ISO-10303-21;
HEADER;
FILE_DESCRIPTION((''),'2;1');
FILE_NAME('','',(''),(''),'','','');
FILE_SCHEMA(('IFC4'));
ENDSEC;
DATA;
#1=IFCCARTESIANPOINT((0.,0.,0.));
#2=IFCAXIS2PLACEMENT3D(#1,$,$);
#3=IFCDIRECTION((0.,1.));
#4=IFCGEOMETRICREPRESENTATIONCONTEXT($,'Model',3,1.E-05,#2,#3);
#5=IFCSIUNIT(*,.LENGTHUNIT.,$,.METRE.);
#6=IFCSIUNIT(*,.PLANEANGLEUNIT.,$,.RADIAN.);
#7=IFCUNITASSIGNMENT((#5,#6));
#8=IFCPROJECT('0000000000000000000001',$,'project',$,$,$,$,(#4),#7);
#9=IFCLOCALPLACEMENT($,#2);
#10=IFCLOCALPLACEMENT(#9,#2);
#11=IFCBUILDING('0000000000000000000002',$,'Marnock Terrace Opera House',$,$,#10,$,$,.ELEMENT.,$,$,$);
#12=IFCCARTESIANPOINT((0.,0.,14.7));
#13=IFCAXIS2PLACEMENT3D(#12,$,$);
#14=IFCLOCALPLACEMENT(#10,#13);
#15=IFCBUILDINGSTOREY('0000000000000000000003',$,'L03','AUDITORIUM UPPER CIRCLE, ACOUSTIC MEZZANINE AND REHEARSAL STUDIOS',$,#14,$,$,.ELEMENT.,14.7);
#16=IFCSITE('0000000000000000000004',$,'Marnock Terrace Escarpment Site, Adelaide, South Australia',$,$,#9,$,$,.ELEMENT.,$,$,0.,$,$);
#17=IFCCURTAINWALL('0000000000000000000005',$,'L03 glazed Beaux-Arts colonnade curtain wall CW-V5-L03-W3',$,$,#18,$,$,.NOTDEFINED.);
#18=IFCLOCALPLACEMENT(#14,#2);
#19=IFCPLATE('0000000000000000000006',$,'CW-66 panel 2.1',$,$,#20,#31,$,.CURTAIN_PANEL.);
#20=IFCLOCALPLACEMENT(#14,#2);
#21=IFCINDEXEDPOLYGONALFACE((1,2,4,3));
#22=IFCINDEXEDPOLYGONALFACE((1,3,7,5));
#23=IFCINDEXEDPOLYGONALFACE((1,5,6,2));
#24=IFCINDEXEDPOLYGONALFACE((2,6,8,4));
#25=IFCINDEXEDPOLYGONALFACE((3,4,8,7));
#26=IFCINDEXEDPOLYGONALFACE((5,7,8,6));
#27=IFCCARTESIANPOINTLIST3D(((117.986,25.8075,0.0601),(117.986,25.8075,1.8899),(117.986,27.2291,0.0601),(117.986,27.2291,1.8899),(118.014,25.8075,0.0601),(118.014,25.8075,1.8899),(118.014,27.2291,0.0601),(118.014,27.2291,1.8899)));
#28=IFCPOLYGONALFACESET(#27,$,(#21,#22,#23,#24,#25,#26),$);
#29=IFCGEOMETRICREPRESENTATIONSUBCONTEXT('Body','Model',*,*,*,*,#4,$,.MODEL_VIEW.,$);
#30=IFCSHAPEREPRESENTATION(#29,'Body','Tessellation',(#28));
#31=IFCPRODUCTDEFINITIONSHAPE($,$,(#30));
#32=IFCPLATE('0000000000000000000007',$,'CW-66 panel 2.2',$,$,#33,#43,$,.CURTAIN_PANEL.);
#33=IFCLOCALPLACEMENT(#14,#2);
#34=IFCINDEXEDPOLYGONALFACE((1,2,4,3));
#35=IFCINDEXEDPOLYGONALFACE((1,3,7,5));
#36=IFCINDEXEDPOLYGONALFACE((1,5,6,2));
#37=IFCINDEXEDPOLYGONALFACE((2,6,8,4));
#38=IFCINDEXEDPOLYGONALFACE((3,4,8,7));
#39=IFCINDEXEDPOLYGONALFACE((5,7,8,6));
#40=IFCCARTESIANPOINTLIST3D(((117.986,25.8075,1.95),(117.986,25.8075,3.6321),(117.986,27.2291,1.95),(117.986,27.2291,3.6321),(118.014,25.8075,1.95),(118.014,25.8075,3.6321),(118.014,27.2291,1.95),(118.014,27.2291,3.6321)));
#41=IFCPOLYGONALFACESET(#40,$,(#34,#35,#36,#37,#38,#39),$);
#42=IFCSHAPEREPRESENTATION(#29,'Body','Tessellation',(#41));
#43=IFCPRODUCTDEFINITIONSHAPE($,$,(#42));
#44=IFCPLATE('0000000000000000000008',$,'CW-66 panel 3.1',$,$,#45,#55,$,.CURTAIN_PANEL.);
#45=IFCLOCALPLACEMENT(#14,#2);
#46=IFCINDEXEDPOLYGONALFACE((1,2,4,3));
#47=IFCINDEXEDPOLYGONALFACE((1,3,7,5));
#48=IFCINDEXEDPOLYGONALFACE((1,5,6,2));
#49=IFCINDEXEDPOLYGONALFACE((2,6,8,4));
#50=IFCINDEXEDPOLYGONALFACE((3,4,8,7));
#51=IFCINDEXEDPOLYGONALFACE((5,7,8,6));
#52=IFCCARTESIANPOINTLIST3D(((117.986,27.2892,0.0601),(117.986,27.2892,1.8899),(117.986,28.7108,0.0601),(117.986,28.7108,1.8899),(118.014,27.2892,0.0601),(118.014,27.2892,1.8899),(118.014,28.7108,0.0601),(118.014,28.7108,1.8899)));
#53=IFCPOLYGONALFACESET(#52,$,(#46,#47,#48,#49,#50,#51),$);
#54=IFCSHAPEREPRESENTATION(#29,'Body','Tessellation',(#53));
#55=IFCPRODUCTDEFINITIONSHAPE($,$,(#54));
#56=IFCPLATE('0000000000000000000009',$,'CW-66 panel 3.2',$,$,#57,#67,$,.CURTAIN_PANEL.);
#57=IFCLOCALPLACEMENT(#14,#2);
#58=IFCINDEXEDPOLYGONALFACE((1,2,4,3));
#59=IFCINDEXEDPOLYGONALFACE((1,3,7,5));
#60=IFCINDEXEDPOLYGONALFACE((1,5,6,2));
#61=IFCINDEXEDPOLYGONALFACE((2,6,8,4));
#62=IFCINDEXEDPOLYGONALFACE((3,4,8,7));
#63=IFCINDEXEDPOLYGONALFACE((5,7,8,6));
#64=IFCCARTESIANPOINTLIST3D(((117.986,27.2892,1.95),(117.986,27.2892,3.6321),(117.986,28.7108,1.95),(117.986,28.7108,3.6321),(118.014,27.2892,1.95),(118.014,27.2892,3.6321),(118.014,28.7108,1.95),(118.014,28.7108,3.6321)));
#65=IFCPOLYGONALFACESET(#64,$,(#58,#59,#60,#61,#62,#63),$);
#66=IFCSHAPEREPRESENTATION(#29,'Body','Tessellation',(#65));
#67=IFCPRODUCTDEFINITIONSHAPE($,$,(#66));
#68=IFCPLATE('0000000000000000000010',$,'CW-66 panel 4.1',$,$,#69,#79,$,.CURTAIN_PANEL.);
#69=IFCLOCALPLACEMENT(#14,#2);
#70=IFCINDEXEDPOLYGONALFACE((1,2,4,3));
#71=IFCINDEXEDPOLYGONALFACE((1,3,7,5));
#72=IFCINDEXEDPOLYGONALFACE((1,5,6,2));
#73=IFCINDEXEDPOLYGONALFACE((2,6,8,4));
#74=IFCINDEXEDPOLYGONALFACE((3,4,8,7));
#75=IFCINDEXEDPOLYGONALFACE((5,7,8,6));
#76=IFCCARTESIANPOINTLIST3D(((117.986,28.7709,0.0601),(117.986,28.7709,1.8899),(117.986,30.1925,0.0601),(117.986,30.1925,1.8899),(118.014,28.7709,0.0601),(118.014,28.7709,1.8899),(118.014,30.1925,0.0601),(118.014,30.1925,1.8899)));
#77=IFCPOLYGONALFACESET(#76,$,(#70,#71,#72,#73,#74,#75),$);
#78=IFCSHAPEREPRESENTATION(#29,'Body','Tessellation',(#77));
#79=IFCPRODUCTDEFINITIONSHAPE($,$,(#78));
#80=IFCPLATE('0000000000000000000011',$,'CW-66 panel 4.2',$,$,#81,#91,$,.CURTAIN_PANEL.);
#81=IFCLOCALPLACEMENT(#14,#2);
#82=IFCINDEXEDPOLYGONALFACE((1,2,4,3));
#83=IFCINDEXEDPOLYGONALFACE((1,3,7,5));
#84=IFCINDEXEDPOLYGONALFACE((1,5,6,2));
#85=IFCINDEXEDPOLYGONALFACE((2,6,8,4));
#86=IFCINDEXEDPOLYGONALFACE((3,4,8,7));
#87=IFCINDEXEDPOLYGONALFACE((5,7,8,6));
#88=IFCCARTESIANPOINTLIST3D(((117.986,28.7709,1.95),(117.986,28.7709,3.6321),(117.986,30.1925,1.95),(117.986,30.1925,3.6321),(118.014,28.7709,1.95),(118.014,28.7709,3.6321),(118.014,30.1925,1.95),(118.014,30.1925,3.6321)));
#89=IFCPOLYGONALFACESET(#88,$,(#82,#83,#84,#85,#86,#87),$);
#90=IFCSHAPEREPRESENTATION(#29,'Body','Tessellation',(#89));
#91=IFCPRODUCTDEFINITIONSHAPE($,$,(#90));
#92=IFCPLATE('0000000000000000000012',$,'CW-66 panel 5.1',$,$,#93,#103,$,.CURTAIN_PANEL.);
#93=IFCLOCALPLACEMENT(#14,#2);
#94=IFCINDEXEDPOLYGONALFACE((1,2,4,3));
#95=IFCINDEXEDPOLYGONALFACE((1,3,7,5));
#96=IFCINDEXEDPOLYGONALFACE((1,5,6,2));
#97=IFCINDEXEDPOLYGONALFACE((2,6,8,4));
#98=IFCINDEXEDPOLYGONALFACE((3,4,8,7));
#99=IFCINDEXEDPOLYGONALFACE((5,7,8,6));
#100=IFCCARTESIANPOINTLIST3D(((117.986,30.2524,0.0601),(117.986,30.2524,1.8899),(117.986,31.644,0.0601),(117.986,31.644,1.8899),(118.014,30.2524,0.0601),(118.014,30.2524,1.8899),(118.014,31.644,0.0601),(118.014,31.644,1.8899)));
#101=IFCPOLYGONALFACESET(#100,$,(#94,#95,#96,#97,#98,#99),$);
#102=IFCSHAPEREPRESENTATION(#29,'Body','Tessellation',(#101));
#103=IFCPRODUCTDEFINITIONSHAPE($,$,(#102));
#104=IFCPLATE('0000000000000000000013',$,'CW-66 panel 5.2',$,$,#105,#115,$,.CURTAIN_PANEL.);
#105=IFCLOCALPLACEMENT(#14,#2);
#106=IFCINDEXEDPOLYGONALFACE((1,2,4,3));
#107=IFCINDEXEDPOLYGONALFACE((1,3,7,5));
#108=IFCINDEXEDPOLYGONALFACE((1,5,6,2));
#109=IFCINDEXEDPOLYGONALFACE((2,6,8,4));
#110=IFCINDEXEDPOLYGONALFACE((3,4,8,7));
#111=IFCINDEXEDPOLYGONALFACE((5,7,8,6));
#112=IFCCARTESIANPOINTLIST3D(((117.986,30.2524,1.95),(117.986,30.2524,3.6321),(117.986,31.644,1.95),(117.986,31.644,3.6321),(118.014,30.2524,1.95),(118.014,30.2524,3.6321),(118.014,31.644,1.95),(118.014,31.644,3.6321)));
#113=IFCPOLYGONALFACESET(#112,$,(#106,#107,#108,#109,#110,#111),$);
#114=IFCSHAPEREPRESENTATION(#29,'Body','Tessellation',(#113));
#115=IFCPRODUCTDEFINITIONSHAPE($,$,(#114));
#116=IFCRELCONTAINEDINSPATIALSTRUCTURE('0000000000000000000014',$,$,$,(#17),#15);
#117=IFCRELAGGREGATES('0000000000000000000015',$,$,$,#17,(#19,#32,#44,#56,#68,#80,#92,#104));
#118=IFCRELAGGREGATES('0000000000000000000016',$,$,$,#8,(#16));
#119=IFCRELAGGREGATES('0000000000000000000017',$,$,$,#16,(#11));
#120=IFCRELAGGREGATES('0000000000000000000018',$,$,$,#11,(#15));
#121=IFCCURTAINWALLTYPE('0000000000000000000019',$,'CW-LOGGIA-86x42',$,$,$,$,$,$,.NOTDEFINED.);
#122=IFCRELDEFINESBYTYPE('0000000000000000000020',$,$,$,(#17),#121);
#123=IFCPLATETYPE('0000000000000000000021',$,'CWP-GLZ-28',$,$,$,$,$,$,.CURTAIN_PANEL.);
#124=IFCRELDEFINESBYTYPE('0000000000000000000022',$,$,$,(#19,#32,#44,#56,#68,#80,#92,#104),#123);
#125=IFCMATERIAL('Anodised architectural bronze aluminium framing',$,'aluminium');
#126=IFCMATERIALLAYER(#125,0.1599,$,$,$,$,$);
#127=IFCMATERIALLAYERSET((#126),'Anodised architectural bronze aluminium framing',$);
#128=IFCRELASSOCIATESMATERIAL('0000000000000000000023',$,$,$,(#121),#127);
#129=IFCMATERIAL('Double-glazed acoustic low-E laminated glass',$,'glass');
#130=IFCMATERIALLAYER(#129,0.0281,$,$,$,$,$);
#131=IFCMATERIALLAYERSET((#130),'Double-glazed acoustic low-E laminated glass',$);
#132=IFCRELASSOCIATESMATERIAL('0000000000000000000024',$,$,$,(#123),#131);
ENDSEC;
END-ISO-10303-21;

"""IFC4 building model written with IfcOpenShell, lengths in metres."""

from ifc_helpers import new_model, si_unit, direction, frame, origin, origin_2d, place, context, subcontext, project, spatial, rectangle, extrude, material, layer, layer_set, type_object, element, aggregate, save


model = new_model("IFC4")

# Units and contexts
model_context = context("Model", 3, precision=1e-05, world=origin(), true_north=direction((0.0, 1.0)))
body_context = subcontext(model_context, "Body", "Model", "MODEL_VIEW")
ifc_project = project(units=[si_unit("LENGTHUNIT", "METRE"), si_unit("PLANEANGLEUNIT", "RADIAN")], contexts=[model_context])

# Site, building, storey
site_placement = place(None, origin())
site = spatial("IfcSite", under=ifc_project, at=site_placement, Name="Marnock Terrace Escarpment Site, Adelaide, South Australia", CompositionType="ELEMENT", RefElevation=0.0)
building_placement = place(site_placement, origin())
building = spatial("IfcBuilding", under=site, at=building_placement, Name="Marnock Terrace Opera House", CompositionType="ELEMENT")
storey_placement = place(building_placement, frame((0.0, 0.0, 14.7)))
storey = spatial("IfcBuildingStorey", under=building, at=storey_placement, Name="L03", Description="AUDITORIUM UPPER CIRCLE, ACOUSTIC MEZZANINE AND REHEARSAL STUDIOS", CompositionType="ELEMENT", Elevation=14.7)

# Curtain wall, plates
ifc_material_1 = material(Name="Anodised architectural bronze aluminium framing", Category="aluminium")
ifc_layer_1 = layer(ifc_material_1, 0.1599)
ifc_layer_set_1 = layer_set([ifc_layer_1], Name="Anodised architectural bronze aluminium framing")
curtain_wall_type = type_object("IfcCurtainWallType", Name="CW-LOGGIA-86x42", PredefinedType="NOTDEFINED", material=ifc_layer_set_1)
curtain_wall_placement = place(storey_placement, origin())
curtain_wall = element("IfcCurtainWall", 1, at=curtain_wall_placement, inside=storey, type_object=curtain_wall_type, Name="L03 glazed Beaux-Arts colonnade curtain wall CW-V5-L03-W3", PredefinedType="NOTDEFINED")
ifc_material_2 = material(Name="Double-glazed acoustic low-E laminated glass", Category="glass")
ifc_layer_2 = layer(ifc_material_2, 0.0281)
ifc_layer_set_2 = layer_set([ifc_layer_2], Name="Double-glazed acoustic low-E laminated glass")
plate_type = type_object("IfcPlateType", Name="CWP-GLZ-28", PredefinedType="CURTAIN_PANEL", material=ifc_layer_set_2)
plate_1_placement = place(storey_placement, frame((118.0, 26.5183, 0.0601), z_axis=(0.0, 0.0, 1.0), x_axis=(0.0, 1.0, 0.0)))
plate_1 = element("IfcPlate", 2, at=plate_1_placement, type_object=plate_type, Name="CW-66 panel 2.1", PredefinedType="CURTAIN_PANEL", context=body_context, shape_type="SweptSolid", body=[
    extrude(rectangle(XDim=1.4216, YDim=0.0281, at=origin_2d()), origin(), (0.0, 0.0, 1.0), 1.8298),
])
plate_2_placement = place(storey_placement, frame((118.0, 26.5183, 1.95), z_axis=(0.0, 0.0, 1.0), x_axis=(0.0, 1.0, 0.0)))
plate_2 = element("IfcPlate", 3, at=plate_2_placement, type_object=plate_type, Name="CW-66 panel 2.2", PredefinedType="CURTAIN_PANEL", context=body_context, shape_type="SweptSolid", body=[
    extrude(rectangle(XDim=1.4216, YDim=0.0281, at=origin_2d()), origin(), (0.0, 0.0, 1.0), 1.6821),
])
plate_3_placement = place(storey_placement, frame((118.0, 28.0, 0.0601), z_axis=(0.0, 0.0, 1.0), x_axis=(0.0, 1.0, 0.0)))
plate_3 = element("IfcPlate", 4, at=plate_3_placement, type_object=plate_type, Name="CW-66 panel 3.1", PredefinedType="CURTAIN_PANEL", context=body_context, shape_type="SweptSolid", body=[
    extrude(rectangle(XDim=1.4216, YDim=0.0281, at=origin_2d()), origin(), (0.0, 0.0, 1.0), 1.8298),
])
plate_4_placement = place(storey_placement, frame((118.0, 28.0, 1.95), z_axis=(0.0, 0.0, 1.0), x_axis=(0.0, 1.0, 0.0)))
plate_4 = element("IfcPlate", 5, at=plate_4_placement, type_object=plate_type, Name="CW-66 panel 3.2", PredefinedType="CURTAIN_PANEL", context=body_context, shape_type="SweptSolid", body=[
    extrude(rectangle(XDim=1.4216, YDim=0.0281, at=origin_2d()), origin(), (0.0, 0.0, 1.0), 1.6821),
])
plate_5_placement = place(storey_placement, frame((118.0, 29.4817, 0.0601), z_axis=(0.0, 0.0, 1.0), x_axis=(0.0, 1.0, 0.0)))
plate_5 = element("IfcPlate", 6, at=plate_5_placement, type_object=plate_type, Name="CW-66 panel 4.1", PredefinedType="CURTAIN_PANEL", context=body_context, shape_type="SweptSolid", body=[
    extrude(rectangle(XDim=1.4216, YDim=0.0281, at=origin_2d()), origin(), (0.0, 0.0, 1.0), 1.8298),
])
plate_6_placement = place(storey_placement, frame((118.0, 29.4817, 1.95), z_axis=(0.0, 0.0, 1.0), x_axis=(0.0, 1.0, 0.0)))
plate_6 = element("IfcPlate", 7, at=plate_6_placement, type_object=plate_type, Name="CW-66 panel 4.2", PredefinedType="CURTAIN_PANEL", context=body_context, shape_type="SweptSolid", body=[
    extrude(rectangle(XDim=1.4216, YDim=0.0281, at=origin_2d()), origin(), (0.0, 0.0, 1.0), 1.6821),
])
plate_7_placement = place(storey_placement, frame((118.0, 30.9482, 0.0601), z_axis=(0.0, 0.0, 1.0), x_axis=(0.0, 1.0, 0.0)))
plate_7 = element("IfcPlate", 8, at=plate_7_placement, type_object=plate_type, Name="CW-66 panel 5.1", PredefinedType="CURTAIN_PANEL", context=body_context, shape_type="SweptSolid", body=[
    extrude(rectangle(XDim=1.3916, YDim=0.0281, at=origin_2d()), origin(), (0.0, 0.0, 1.0), 1.8298),
])
plate_8_placement = place(storey_placement, frame((118.0, 30.9482, 1.95), z_axis=(0.0, 0.0, 1.0), x_axis=(0.0, 1.0, 0.0)))
plate_8 = element("IfcPlate", 9, at=plate_8_placement, type_object=plate_type, Name="CW-66 panel 5.2", PredefinedType="CURTAIN_PANEL", context=body_context, shape_type="SweptSolid", body=[
    extrude(rectangle(XDim=1.3916, YDim=0.0281, at=origin_2d()), origin(), (0.0, 0.0, 1.0), 1.6821),
])
aggregate(curtain_wall, [plate_1, plate_2, plate_3, plate_4, plate_5, plate_6, plate_7, plate_8])

save(model, "model.ifc")
